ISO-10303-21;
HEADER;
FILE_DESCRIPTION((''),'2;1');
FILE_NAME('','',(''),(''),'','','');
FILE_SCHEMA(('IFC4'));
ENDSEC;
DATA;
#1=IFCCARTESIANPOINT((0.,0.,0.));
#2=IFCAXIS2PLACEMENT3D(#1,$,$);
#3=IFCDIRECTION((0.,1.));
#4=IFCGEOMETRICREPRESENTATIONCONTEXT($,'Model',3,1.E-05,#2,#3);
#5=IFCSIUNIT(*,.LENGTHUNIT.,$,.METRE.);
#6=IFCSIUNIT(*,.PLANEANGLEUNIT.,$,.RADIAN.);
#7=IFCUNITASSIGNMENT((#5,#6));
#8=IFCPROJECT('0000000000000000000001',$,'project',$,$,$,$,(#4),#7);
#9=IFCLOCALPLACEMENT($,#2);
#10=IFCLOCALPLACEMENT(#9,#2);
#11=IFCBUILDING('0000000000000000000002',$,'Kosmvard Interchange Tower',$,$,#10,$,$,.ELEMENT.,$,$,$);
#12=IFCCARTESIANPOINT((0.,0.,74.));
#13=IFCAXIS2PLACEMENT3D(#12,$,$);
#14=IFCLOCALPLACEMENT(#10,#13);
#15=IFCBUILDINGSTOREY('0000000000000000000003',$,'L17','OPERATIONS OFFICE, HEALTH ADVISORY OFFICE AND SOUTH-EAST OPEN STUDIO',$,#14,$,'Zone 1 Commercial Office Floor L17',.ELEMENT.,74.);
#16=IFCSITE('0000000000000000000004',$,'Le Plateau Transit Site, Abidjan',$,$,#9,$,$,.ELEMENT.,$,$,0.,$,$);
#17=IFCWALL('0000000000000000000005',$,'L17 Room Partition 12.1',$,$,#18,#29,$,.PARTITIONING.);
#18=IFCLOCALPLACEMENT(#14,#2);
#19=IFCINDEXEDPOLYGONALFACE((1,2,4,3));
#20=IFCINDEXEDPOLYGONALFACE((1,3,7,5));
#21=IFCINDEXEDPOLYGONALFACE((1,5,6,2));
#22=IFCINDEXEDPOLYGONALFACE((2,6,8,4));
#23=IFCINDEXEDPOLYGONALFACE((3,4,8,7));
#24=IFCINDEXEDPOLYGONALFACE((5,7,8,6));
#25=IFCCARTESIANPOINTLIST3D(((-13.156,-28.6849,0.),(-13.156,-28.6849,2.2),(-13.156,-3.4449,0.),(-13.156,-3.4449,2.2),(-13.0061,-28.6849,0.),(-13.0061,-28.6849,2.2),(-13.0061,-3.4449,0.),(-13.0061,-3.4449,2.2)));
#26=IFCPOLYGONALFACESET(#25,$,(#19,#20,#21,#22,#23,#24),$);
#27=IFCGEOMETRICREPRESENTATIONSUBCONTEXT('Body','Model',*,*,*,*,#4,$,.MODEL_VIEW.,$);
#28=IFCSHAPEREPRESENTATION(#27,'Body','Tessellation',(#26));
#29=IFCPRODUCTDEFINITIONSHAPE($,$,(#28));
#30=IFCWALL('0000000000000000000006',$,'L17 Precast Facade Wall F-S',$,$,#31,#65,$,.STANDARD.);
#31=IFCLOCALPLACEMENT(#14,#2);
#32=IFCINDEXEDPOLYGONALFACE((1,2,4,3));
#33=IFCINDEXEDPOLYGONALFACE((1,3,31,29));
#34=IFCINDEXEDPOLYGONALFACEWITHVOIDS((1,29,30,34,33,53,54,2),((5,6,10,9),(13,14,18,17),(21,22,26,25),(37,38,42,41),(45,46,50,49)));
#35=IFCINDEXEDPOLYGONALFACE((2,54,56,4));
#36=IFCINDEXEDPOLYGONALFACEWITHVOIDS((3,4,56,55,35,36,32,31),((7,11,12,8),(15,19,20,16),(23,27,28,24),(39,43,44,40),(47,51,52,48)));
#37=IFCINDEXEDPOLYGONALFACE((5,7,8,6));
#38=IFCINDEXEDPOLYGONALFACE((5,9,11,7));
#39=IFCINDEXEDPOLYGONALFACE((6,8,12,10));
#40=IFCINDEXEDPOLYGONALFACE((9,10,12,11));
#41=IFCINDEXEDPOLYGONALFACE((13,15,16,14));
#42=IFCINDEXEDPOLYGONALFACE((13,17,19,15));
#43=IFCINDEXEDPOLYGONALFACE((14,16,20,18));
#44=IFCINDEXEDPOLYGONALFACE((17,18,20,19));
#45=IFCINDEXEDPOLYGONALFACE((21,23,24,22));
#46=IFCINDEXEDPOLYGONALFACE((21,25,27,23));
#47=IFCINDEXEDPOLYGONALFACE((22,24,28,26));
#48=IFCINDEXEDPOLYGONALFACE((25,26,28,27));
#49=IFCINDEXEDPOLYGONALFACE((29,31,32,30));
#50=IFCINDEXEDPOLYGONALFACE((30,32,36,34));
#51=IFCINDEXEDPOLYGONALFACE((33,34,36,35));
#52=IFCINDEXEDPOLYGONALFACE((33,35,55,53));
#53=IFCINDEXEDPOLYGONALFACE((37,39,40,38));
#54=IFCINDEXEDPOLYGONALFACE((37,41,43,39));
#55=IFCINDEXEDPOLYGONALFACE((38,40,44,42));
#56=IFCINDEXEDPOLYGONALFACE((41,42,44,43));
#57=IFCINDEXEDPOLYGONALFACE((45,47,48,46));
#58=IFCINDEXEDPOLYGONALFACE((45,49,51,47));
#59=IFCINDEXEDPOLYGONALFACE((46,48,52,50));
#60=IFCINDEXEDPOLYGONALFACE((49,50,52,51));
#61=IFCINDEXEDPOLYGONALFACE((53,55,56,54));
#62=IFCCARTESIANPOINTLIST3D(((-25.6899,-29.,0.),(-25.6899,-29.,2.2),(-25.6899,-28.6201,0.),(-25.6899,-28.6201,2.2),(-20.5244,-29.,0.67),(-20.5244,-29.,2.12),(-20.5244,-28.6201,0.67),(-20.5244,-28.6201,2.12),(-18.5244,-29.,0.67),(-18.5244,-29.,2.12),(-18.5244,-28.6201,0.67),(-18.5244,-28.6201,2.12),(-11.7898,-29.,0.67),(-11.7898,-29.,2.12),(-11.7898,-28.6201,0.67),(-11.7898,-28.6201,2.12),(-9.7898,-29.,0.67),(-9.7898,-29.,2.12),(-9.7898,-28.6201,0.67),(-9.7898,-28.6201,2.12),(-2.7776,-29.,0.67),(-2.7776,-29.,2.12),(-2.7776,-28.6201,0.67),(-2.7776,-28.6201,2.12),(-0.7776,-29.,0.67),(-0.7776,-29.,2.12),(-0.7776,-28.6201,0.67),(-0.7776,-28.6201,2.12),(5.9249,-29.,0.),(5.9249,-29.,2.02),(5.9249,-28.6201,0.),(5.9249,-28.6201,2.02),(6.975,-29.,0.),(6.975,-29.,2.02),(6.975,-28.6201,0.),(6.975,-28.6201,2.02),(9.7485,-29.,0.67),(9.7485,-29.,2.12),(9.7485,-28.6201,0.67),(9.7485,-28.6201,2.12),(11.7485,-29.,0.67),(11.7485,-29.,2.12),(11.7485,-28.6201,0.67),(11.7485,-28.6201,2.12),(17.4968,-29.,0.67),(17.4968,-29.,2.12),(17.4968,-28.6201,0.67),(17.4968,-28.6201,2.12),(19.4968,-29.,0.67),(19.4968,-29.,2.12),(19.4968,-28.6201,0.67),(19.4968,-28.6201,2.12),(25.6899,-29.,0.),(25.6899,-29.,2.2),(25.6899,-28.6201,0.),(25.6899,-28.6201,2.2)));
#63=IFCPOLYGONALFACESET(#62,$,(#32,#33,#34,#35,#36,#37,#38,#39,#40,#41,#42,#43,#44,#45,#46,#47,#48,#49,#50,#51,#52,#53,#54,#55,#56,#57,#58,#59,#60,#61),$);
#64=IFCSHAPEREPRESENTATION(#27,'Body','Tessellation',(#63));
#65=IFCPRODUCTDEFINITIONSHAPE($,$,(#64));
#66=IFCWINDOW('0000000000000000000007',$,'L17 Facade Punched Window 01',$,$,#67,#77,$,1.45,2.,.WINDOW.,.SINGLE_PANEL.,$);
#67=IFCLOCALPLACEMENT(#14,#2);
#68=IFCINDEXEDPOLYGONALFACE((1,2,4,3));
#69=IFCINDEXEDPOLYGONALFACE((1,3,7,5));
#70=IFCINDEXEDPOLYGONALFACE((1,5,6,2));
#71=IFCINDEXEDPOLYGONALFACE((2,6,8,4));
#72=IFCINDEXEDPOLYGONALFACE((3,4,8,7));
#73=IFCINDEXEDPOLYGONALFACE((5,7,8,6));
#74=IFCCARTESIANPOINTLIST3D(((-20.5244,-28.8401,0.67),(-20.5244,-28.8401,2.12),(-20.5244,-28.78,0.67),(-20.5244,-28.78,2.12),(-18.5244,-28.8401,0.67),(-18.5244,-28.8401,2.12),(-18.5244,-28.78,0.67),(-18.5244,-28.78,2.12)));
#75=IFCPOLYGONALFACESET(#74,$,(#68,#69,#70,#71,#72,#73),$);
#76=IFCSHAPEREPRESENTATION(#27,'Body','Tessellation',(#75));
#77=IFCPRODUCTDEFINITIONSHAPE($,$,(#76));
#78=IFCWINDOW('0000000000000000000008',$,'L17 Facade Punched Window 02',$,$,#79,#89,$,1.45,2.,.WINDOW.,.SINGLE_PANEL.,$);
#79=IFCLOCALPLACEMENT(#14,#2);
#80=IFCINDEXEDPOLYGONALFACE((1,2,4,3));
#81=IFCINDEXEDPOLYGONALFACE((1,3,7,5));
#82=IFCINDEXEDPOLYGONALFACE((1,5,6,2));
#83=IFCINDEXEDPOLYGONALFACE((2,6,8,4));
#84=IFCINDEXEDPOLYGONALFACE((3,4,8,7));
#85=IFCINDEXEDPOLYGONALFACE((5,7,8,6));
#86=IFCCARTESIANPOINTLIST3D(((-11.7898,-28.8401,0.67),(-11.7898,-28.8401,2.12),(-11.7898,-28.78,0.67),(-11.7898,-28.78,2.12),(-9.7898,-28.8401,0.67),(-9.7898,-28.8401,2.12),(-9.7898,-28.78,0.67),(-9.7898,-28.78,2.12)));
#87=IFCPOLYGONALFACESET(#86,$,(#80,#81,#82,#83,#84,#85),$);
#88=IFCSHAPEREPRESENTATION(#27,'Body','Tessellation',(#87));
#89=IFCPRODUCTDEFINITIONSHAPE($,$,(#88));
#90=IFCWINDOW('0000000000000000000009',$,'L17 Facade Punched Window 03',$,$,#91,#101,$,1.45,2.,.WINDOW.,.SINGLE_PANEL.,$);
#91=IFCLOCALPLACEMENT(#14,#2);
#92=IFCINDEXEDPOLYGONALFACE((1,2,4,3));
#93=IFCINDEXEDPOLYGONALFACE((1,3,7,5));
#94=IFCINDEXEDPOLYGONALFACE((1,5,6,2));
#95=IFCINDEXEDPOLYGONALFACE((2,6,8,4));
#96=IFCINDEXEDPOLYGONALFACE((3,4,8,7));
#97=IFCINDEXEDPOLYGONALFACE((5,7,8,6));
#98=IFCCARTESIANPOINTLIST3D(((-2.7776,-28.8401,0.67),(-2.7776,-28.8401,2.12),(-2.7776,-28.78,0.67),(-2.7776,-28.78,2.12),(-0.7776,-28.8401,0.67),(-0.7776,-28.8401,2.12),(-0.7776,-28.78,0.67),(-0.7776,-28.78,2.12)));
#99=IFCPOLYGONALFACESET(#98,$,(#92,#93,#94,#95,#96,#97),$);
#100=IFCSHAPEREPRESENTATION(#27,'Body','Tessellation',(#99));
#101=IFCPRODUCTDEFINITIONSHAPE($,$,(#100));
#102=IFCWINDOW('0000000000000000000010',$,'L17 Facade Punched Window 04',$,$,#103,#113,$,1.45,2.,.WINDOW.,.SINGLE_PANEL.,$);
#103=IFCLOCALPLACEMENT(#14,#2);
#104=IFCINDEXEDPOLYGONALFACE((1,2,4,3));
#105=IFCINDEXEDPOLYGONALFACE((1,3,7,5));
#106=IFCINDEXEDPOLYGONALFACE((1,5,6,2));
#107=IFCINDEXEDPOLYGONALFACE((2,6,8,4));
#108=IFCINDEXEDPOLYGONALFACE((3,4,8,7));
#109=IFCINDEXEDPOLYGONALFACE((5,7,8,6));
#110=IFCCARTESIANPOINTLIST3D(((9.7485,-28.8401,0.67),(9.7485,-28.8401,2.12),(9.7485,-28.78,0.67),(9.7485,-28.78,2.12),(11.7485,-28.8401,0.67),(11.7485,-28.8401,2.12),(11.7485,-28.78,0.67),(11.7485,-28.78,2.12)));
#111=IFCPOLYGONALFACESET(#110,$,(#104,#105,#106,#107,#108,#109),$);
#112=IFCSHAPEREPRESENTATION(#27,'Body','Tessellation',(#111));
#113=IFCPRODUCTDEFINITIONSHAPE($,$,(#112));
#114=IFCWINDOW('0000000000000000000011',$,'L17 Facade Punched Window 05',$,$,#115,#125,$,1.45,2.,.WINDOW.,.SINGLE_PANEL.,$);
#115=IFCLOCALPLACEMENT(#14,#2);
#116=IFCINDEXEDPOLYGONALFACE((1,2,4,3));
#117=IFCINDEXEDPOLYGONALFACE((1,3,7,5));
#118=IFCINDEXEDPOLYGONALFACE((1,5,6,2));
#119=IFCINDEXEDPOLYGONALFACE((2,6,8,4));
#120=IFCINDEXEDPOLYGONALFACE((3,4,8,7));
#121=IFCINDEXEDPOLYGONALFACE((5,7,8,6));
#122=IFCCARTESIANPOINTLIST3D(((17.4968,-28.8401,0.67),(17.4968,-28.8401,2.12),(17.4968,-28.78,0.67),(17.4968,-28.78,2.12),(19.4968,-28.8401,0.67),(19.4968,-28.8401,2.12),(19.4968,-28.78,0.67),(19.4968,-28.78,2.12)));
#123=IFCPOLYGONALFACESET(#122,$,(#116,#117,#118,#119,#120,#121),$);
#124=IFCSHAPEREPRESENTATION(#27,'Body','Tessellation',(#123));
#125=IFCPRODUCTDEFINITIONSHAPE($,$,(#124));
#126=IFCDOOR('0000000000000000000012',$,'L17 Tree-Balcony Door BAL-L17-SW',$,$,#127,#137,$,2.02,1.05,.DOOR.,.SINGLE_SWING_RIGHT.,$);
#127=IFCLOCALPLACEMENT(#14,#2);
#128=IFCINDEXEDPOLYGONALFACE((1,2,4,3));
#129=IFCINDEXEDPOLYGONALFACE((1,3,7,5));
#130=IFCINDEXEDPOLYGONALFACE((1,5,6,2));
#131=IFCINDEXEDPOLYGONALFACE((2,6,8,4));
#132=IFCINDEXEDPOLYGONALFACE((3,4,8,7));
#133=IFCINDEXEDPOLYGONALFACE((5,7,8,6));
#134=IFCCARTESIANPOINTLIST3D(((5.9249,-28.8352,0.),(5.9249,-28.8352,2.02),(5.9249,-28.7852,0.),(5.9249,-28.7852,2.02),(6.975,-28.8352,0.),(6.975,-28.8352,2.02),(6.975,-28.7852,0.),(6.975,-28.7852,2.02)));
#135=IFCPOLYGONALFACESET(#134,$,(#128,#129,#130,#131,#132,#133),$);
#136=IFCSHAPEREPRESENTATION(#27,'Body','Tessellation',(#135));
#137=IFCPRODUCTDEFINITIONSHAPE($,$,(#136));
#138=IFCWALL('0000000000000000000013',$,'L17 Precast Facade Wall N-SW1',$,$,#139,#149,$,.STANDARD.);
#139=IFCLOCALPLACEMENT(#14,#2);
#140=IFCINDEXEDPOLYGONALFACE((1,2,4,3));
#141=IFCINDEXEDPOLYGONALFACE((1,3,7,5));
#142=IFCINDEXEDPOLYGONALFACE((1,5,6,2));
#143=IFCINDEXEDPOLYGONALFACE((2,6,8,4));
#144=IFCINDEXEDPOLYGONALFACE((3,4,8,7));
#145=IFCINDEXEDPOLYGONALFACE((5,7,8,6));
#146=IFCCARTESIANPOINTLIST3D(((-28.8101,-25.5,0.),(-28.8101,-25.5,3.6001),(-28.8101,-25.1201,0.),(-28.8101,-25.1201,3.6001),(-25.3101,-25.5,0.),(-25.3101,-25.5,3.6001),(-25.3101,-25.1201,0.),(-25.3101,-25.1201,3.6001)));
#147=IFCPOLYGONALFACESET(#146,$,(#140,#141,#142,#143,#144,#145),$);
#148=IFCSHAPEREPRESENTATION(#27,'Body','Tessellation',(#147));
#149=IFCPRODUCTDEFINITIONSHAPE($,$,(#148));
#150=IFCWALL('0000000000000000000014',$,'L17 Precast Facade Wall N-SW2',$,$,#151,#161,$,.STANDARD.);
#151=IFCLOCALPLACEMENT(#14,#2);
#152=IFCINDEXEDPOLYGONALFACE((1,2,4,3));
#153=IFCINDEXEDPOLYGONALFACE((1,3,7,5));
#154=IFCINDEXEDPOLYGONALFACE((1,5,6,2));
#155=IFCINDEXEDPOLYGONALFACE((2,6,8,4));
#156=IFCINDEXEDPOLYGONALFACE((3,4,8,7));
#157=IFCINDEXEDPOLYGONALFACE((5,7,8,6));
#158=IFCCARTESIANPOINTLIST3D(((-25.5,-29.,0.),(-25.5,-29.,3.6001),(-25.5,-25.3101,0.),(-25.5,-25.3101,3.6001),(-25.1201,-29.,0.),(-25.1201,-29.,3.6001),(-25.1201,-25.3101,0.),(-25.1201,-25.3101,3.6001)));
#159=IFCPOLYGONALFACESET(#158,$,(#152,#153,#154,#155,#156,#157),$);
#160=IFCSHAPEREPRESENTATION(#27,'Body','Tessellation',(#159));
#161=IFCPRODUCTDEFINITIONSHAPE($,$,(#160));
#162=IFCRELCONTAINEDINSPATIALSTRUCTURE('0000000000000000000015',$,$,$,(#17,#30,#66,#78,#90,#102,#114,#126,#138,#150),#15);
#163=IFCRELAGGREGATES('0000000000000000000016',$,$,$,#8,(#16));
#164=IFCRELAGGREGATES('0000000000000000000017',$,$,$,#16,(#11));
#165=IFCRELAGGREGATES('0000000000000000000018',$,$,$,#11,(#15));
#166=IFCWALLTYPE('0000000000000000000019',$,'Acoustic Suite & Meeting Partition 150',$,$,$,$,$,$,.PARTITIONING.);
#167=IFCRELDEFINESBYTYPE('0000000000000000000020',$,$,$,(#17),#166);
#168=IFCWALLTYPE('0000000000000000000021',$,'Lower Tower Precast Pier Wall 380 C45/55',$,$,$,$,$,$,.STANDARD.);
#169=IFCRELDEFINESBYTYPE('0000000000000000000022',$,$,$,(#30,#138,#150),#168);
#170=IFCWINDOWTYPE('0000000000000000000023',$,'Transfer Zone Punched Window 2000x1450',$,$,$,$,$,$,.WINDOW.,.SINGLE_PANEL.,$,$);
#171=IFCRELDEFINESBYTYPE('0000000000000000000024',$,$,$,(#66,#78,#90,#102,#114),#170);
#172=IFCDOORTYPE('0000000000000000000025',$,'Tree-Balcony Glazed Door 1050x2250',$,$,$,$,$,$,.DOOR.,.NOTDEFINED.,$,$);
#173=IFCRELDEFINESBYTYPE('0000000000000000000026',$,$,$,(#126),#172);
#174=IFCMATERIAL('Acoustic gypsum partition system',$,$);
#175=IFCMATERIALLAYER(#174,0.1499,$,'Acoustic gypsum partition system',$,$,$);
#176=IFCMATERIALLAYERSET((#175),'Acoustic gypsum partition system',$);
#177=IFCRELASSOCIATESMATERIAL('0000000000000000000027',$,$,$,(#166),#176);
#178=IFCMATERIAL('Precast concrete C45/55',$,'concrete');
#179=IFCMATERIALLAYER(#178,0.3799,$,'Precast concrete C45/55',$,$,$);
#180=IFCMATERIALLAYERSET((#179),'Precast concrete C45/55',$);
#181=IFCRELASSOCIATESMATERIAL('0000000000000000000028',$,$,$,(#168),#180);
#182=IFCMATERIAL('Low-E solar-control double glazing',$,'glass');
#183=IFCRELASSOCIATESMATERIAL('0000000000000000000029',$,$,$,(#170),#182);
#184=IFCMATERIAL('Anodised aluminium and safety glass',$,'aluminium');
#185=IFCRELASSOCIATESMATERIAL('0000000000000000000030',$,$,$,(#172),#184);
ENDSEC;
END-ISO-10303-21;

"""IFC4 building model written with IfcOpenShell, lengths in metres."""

from ifc_helpers import new_model, si_unit, direction, frame, frame_2d, origin, place, context, subcontext, project, spatial, rectangle, extrude, source, transform, mapped, material, layer, layer_set, type_object, element, fill, save


model = new_model("IFC4")

# Units and contexts
model_context = context("Model", 3, precision=1e-05, world=origin(), true_north=direction((0.0, 1.0)))
body_context = subcontext(model_context, "Body", "Model", "MODEL_VIEW")
ifc_project = project(units=[si_unit("LENGTHUNIT", "METRE"), si_unit("PLANEANGLEUNIT", "RADIAN")], contexts=[model_context])

# Site, building, storey
site_placement = place(None, origin())
site = spatial("IfcSite", under=ifc_project, at=site_placement, Name="Le Plateau Transit Site, Abidjan", CompositionType="ELEMENT", RefElevation=0.0)
building_placement = place(site_placement, origin())
building = spatial("IfcBuilding", under=site, at=building_placement, Name="Kosmvard Interchange Tower", CompositionType="ELEMENT")
storey_placement = place(building_placement, frame((0.0, 0.0, 74.0)))
storey = spatial("IfcBuildingStorey", under=building, at=storey_placement, Name="L17", Description="OPERATIONS OFFICE, HEALTH ADVISORY OFFICE AND SOUTH-EAST OPEN STUDIO", LongName="Zone 1 Commercial Office Floor L17", CompositionType="ELEMENT", Elevation=74.0)

# Shared definitions
ifc_material_1 = material(Name="Precast concrete C45/55", Category="concrete")

# Wall
ifc_material_2 = material(Name="Acoustic gypsum partition system")
ifc_layer_1 = layer(ifc_material_2, 0.1499, Name="Acoustic gypsum partition system")
ifc_layer_set_1 = layer_set([ifc_layer_1], Name="Acoustic gypsum partition system")
wall_type_1 = type_object("IfcWallType", Name="Acoustic Suite & Meeting Partition 150", PredefinedType="PARTITIONING", material=ifc_layer_set_1)
wall_1_placement = place(storey_placement, frame((-13.0811, -28.6851, 0.0), z_axis=(0.0, 0.0, 1.0), x_axis=(0.0, 1.0, 0.0)))
element("IfcWall", 1, at=wall_1_placement, inside=storey, type_object=wall_type_1, Name="L17 Room Partition 12.1", PredefinedType="PARTITIONING", context=body_context, shape_type="SweptSolid", body=[
    extrude(rectangle(XDim=25.24, YDim=0.1499, at=frame_2d((12.6201, 0.0))), origin(), (0.0, 0.0, 1.0), 2.2),
])

# Wall, openings, windows, door
ifc_layer_2 = layer(ifc_material_1, 0.3799, Name="Precast concrete C45/55")
ifc_layer_set_2 = layer_set([ifc_layer_2], Name="Precast concrete C45/55")
wall_type_2 = type_object("IfcWallType", Name="Lower Tower Precast Pier Wall 380 C45/55", PredefinedType="STANDARD", material=ifc_layer_set_2)
wall_2_placement = place(storey_placement, frame((-25.6899, -28.8101, 0.0), z_axis=(0.0, 0.0, 1.0), x_axis=(1.0, 0.0, 0.0)))
wall_2 = element("IfcWall", 2, at=wall_2_placement, inside=storey, type_object=wall_type_2, Name="L17 Precast Facade Wall F-S", PredefinedType="STANDARD", context=body_context, shape_type="SweptSolid", body=[
    extrude(rectangle(XDim=51.3799, YDim=0.3799, at=frame_2d((25.6899, 0.0))), origin(), (0.0, 0.0, 1.0), 2.2),
])
opening_1_placement = place(wall_2_placement, frame((31.615, 0.0, 0.0)))
opening_1 = element("IfcOpeningElement", 3, at=opening_1_placement, cuts=wall_2, PredefinedType="OPENING", context=body_context, shape_type="SweptSolid", body=[
    extrude(rectangle(XDim=1.05, YDim=2.02, at=frame_2d((0.5249, 1.01))), frame((0.0, 0.2, 0.0), z_axis=(0.0, -1.0, 0.0), x_axis=(1.0, 0.0, 0.0)), (0.0, 0.0, 1.0), 0.3999),
])
opening_2_placement = place(wall_2_placement, frame((5.1655, 0.0, 0.6699)))
opening_2 = element("IfcOpeningElement", 4, at=opening_2_placement, cuts=wall_2, PredefinedType="OPENING", context=body_context, shape_type="SweptSolid", body=[
    extrude(rectangle(XDim=2.0, YDim=1.45, at=frame_2d((1.0, 0.7251))), frame((0.0, 0.2, 0.0), z_axis=(0.0, -1.0, 0.0), x_axis=(1.0, 0.0, 0.0)), (0.0, 0.0, 1.0), 0.3999),
])
opening_3_placement = place(wall_2_placement, frame((13.9001, 0.0, 0.6699)))
opening_3 = element("IfcOpeningElement", 5, at=opening_3_placement, cuts=wall_2, PredefinedType="OPENING", context=body_context, shape_type="SweptSolid", body=[
    extrude(rectangle(XDim=2.0, YDim=1.45, at=frame_2d((1.0, 0.7251))), frame((0.0, 0.2, 0.0), z_axis=(0.0, -1.0, 0.0), x_axis=(1.0, 0.0, 0.0)), (0.0, 0.0, 1.0), 0.3999),
])
opening_4_placement = place(wall_2_placement, frame((22.9124, 0.0, 0.6699)))
opening_4 = element("IfcOpeningElement", 6, at=opening_4_placement, cuts=wall_2, PredefinedType="OPENING", context=body_context, shape_type="SweptSolid", body=[
    extrude(rectangle(XDim=2.0, YDim=1.45, at=frame_2d((1.0, 0.7251))), frame((0.0, 0.2, 0.0), z_axis=(0.0, -1.0, 0.0), x_axis=(1.0, 0.0, 0.0)), (0.0, 0.0, 1.0), 0.3999),
])
opening_5_placement = place(wall_2_placement, frame((35.4385, 0.0, 0.6699)))
opening_5 = element("IfcOpeningElement", 7, at=opening_5_placement, cuts=wall_2, PredefinedType="OPENING", context=body_context, shape_type="SweptSolid", body=[
    extrude(rectangle(XDim=2.0, YDim=1.45, at=frame_2d((1.0, 0.7251))), frame((0.0, 0.2, 0.0), z_axis=(0.0, -1.0, 0.0), x_axis=(1.0, 0.0, 0.0)), (0.0, 0.0, 1.0), 0.3999),
])
opening_6_placement = place(wall_2_placement, frame((43.1868, 0.0, 0.6699)))
opening_6 = element("IfcOpeningElement", 8, at=opening_6_placement, cuts=wall_2, PredefinedType="OPENING", context=body_context, shape_type="SweptSolid", body=[
    extrude(rectangle(XDim=2.0, YDim=1.45, at=frame_2d((1.0, 0.7251))), frame((0.0, 0.2, 0.0), z_axis=(0.0, -1.0, 0.0), x_axis=(1.0, 0.0, 0.0)), (0.0, 0.0, 1.0), 0.3999),
])
ifc_material_3 = material(Name="Low-E solar-control double glazing", Category="glass")
window_type = type_object("IfcWindowType", Name="Transfer Zone Punched Window 2000x1450", PartitioningType="SINGLE_PANEL", PredefinedType="WINDOW", material=ifc_material_3)
shared_shape_1 = source(origin(), body_context, "Body", "SweptSolid", [
    extrude(rectangle(XDim=2.0, YDim=1.45, at=frame_2d((1.0, 0.7251))), frame((0.0, 0.03, 0.0), z_axis=(0.0, -1.0, 0.0), x_axis=(1.0, 0.0, 0.0)), (0.0, 0.0, 1.0), 0.0601),
])
window_1_placement = place(opening_2_placement, origin())
window_1 = element("IfcWindow", 9, at=window_1_placement, inside=storey, type_object=window_type, Name="L17 Facade Punched Window 01", OverallHeight=1.45, OverallWidth=2.0, PartitioningType="SINGLE_PANEL", PredefinedType="WINDOW", context=body_context, shape_type="MappedRepresentation", body=[
    mapped(shared_shape_1, transform((0.0, 0.0, 0.0), scale=1.0)),
])
fill(opening_2, window_1)
window_2_placement = place(opening_3_placement, origin())
window_2 = element("IfcWindow", 10, at=window_2_placement, inside=storey, type_object=window_type, Name="L17 Facade Punched Window 02", OverallHeight=1.45, OverallWidth=2.0, PartitioningType="SINGLE_PANEL", PredefinedType="WINDOW", context=body_context, shape_type="MappedRepresentation", body=[
    mapped(shared_shape_1, transform((0.0, 0.0, 0.0), scale=1.0)),
])
fill(opening_3, window_2)
window_3_placement = place(opening_4_placement, origin())
window_3 = element("IfcWindow", 11, at=window_3_placement, inside=storey, type_object=window_type, Name="L17 Facade Punched Window 03", OverallHeight=1.45, OverallWidth=2.0, PartitioningType="SINGLE_PANEL", PredefinedType="WINDOW", context=body_context, shape_type="MappedRepresentation", body=[
    mapped(shared_shape_1, transform((0.0, 0.0, 0.0), scale=1.0)),
])
fill(opening_4, window_3)
window_4_placement = place(opening_5_placement, origin())
window_4 = element("IfcWindow", 12, at=window_4_placement, inside=storey, type_object=window_type, Name="L17 Facade Punched Window 04", OverallHeight=1.45, OverallWidth=2.0, PartitioningType="SINGLE_PANEL", PredefinedType="WINDOW", context=body_context, shape_type="MappedRepresentation", body=[
    mapped(shared_shape_1, transform((0.0, 0.0, 0.0), scale=1.0)),
])
fill(opening_5, window_4)
window_5_placement = place(opening_6_placement, origin())
window_5 = element("IfcWindow", 13, at=window_5_placement, inside=storey, type_object=window_type, Name="L17 Facade Punched Window 05", OverallHeight=1.45, OverallWidth=2.0, PartitioningType="SINGLE_PANEL", PredefinedType="WINDOW", context=body_context, shape_type="MappedRepresentation", body=[
    mapped(shared_shape_1, transform((0.0, 0.0, 0.0), scale=1.0)),
])
fill(opening_6, window_5)
ifc_material_4 = material(Name="Anodised aluminium and safety glass", Category="aluminium")
door_type = type_object("IfcDoorType", Name="Tree-Balcony Glazed Door 1050x2250", OperationType="NOTDEFINED", PredefinedType="DOOR", material=ifc_material_4)
shared_shape_2 = source(origin(), body_context, "Body", "SweptSolid", [
    extrude(rectangle(XDim=1.05, YDim=2.02, at=frame_2d((0.5249, 1.01))), frame((0.0, 0.0249, 0.0), z_axis=(0.0, -1.0, 0.0), x_axis=(1.0, 0.0, 0.0)), (0.0, 0.0, 1.0), 0.05),
])
door_placement = place(opening_1_placement, origin())
door = element("IfcDoor", 14, at=door_placement, inside=storey, type_object=door_type, Name="L17 Tree-Balcony Door BAL-L17-SW", OperationType="SINGLE_SWING_RIGHT", OverallHeight=2.02, OverallWidth=1.05, PredefinedType="DOOR", context=body_context, shape_type="MappedRepresentation", body=[
    mapped(shared_shape_2, transform((0.0, 0.0, 0.0), scale=1.0)),
])
fill(opening_1, door)

# Walls
wall_3_placement = place(storey_placement, frame((-28.8101, -25.3101, 0.0), z_axis=(0.0, 0.0, 1.0), x_axis=(1.0, 0.0, 0.0)))
element("IfcWall", 15, at=wall_3_placement, inside=storey, type_object=wall_type_2, Name="L17 Precast Facade Wall N-SW1", PredefinedType="STANDARD", context=body_context, shape_type="SweptSolid", body=[
    extrude(rectangle(XDim=3.5, YDim=0.3799, at=frame_2d((1.75, 0.0))), origin(), (0.0, 0.0, 1.0), 3.6001),
])
wall_4_placement = place(storey_placement, frame((-25.3101, -25.3101, 0.0), z_axis=(0.0, 0.0, 1.0), x_axis=(0.0, -1.0, 0.0)))
element("IfcWall", 16, at=wall_4_placement, inside=storey, type_object=wall_type_2, Name="L17 Precast Facade Wall N-SW2", PredefinedType="STANDARD", context=body_context, shape_type="SweptSolid", body=[
    extrude(rectangle(XDim=3.6899, YDim=0.3799, at=frame_2d((1.845, 0.0))), origin(), (0.0, 0.0, 1.0), 3.6001),
])

save(model, "model.ifc")
